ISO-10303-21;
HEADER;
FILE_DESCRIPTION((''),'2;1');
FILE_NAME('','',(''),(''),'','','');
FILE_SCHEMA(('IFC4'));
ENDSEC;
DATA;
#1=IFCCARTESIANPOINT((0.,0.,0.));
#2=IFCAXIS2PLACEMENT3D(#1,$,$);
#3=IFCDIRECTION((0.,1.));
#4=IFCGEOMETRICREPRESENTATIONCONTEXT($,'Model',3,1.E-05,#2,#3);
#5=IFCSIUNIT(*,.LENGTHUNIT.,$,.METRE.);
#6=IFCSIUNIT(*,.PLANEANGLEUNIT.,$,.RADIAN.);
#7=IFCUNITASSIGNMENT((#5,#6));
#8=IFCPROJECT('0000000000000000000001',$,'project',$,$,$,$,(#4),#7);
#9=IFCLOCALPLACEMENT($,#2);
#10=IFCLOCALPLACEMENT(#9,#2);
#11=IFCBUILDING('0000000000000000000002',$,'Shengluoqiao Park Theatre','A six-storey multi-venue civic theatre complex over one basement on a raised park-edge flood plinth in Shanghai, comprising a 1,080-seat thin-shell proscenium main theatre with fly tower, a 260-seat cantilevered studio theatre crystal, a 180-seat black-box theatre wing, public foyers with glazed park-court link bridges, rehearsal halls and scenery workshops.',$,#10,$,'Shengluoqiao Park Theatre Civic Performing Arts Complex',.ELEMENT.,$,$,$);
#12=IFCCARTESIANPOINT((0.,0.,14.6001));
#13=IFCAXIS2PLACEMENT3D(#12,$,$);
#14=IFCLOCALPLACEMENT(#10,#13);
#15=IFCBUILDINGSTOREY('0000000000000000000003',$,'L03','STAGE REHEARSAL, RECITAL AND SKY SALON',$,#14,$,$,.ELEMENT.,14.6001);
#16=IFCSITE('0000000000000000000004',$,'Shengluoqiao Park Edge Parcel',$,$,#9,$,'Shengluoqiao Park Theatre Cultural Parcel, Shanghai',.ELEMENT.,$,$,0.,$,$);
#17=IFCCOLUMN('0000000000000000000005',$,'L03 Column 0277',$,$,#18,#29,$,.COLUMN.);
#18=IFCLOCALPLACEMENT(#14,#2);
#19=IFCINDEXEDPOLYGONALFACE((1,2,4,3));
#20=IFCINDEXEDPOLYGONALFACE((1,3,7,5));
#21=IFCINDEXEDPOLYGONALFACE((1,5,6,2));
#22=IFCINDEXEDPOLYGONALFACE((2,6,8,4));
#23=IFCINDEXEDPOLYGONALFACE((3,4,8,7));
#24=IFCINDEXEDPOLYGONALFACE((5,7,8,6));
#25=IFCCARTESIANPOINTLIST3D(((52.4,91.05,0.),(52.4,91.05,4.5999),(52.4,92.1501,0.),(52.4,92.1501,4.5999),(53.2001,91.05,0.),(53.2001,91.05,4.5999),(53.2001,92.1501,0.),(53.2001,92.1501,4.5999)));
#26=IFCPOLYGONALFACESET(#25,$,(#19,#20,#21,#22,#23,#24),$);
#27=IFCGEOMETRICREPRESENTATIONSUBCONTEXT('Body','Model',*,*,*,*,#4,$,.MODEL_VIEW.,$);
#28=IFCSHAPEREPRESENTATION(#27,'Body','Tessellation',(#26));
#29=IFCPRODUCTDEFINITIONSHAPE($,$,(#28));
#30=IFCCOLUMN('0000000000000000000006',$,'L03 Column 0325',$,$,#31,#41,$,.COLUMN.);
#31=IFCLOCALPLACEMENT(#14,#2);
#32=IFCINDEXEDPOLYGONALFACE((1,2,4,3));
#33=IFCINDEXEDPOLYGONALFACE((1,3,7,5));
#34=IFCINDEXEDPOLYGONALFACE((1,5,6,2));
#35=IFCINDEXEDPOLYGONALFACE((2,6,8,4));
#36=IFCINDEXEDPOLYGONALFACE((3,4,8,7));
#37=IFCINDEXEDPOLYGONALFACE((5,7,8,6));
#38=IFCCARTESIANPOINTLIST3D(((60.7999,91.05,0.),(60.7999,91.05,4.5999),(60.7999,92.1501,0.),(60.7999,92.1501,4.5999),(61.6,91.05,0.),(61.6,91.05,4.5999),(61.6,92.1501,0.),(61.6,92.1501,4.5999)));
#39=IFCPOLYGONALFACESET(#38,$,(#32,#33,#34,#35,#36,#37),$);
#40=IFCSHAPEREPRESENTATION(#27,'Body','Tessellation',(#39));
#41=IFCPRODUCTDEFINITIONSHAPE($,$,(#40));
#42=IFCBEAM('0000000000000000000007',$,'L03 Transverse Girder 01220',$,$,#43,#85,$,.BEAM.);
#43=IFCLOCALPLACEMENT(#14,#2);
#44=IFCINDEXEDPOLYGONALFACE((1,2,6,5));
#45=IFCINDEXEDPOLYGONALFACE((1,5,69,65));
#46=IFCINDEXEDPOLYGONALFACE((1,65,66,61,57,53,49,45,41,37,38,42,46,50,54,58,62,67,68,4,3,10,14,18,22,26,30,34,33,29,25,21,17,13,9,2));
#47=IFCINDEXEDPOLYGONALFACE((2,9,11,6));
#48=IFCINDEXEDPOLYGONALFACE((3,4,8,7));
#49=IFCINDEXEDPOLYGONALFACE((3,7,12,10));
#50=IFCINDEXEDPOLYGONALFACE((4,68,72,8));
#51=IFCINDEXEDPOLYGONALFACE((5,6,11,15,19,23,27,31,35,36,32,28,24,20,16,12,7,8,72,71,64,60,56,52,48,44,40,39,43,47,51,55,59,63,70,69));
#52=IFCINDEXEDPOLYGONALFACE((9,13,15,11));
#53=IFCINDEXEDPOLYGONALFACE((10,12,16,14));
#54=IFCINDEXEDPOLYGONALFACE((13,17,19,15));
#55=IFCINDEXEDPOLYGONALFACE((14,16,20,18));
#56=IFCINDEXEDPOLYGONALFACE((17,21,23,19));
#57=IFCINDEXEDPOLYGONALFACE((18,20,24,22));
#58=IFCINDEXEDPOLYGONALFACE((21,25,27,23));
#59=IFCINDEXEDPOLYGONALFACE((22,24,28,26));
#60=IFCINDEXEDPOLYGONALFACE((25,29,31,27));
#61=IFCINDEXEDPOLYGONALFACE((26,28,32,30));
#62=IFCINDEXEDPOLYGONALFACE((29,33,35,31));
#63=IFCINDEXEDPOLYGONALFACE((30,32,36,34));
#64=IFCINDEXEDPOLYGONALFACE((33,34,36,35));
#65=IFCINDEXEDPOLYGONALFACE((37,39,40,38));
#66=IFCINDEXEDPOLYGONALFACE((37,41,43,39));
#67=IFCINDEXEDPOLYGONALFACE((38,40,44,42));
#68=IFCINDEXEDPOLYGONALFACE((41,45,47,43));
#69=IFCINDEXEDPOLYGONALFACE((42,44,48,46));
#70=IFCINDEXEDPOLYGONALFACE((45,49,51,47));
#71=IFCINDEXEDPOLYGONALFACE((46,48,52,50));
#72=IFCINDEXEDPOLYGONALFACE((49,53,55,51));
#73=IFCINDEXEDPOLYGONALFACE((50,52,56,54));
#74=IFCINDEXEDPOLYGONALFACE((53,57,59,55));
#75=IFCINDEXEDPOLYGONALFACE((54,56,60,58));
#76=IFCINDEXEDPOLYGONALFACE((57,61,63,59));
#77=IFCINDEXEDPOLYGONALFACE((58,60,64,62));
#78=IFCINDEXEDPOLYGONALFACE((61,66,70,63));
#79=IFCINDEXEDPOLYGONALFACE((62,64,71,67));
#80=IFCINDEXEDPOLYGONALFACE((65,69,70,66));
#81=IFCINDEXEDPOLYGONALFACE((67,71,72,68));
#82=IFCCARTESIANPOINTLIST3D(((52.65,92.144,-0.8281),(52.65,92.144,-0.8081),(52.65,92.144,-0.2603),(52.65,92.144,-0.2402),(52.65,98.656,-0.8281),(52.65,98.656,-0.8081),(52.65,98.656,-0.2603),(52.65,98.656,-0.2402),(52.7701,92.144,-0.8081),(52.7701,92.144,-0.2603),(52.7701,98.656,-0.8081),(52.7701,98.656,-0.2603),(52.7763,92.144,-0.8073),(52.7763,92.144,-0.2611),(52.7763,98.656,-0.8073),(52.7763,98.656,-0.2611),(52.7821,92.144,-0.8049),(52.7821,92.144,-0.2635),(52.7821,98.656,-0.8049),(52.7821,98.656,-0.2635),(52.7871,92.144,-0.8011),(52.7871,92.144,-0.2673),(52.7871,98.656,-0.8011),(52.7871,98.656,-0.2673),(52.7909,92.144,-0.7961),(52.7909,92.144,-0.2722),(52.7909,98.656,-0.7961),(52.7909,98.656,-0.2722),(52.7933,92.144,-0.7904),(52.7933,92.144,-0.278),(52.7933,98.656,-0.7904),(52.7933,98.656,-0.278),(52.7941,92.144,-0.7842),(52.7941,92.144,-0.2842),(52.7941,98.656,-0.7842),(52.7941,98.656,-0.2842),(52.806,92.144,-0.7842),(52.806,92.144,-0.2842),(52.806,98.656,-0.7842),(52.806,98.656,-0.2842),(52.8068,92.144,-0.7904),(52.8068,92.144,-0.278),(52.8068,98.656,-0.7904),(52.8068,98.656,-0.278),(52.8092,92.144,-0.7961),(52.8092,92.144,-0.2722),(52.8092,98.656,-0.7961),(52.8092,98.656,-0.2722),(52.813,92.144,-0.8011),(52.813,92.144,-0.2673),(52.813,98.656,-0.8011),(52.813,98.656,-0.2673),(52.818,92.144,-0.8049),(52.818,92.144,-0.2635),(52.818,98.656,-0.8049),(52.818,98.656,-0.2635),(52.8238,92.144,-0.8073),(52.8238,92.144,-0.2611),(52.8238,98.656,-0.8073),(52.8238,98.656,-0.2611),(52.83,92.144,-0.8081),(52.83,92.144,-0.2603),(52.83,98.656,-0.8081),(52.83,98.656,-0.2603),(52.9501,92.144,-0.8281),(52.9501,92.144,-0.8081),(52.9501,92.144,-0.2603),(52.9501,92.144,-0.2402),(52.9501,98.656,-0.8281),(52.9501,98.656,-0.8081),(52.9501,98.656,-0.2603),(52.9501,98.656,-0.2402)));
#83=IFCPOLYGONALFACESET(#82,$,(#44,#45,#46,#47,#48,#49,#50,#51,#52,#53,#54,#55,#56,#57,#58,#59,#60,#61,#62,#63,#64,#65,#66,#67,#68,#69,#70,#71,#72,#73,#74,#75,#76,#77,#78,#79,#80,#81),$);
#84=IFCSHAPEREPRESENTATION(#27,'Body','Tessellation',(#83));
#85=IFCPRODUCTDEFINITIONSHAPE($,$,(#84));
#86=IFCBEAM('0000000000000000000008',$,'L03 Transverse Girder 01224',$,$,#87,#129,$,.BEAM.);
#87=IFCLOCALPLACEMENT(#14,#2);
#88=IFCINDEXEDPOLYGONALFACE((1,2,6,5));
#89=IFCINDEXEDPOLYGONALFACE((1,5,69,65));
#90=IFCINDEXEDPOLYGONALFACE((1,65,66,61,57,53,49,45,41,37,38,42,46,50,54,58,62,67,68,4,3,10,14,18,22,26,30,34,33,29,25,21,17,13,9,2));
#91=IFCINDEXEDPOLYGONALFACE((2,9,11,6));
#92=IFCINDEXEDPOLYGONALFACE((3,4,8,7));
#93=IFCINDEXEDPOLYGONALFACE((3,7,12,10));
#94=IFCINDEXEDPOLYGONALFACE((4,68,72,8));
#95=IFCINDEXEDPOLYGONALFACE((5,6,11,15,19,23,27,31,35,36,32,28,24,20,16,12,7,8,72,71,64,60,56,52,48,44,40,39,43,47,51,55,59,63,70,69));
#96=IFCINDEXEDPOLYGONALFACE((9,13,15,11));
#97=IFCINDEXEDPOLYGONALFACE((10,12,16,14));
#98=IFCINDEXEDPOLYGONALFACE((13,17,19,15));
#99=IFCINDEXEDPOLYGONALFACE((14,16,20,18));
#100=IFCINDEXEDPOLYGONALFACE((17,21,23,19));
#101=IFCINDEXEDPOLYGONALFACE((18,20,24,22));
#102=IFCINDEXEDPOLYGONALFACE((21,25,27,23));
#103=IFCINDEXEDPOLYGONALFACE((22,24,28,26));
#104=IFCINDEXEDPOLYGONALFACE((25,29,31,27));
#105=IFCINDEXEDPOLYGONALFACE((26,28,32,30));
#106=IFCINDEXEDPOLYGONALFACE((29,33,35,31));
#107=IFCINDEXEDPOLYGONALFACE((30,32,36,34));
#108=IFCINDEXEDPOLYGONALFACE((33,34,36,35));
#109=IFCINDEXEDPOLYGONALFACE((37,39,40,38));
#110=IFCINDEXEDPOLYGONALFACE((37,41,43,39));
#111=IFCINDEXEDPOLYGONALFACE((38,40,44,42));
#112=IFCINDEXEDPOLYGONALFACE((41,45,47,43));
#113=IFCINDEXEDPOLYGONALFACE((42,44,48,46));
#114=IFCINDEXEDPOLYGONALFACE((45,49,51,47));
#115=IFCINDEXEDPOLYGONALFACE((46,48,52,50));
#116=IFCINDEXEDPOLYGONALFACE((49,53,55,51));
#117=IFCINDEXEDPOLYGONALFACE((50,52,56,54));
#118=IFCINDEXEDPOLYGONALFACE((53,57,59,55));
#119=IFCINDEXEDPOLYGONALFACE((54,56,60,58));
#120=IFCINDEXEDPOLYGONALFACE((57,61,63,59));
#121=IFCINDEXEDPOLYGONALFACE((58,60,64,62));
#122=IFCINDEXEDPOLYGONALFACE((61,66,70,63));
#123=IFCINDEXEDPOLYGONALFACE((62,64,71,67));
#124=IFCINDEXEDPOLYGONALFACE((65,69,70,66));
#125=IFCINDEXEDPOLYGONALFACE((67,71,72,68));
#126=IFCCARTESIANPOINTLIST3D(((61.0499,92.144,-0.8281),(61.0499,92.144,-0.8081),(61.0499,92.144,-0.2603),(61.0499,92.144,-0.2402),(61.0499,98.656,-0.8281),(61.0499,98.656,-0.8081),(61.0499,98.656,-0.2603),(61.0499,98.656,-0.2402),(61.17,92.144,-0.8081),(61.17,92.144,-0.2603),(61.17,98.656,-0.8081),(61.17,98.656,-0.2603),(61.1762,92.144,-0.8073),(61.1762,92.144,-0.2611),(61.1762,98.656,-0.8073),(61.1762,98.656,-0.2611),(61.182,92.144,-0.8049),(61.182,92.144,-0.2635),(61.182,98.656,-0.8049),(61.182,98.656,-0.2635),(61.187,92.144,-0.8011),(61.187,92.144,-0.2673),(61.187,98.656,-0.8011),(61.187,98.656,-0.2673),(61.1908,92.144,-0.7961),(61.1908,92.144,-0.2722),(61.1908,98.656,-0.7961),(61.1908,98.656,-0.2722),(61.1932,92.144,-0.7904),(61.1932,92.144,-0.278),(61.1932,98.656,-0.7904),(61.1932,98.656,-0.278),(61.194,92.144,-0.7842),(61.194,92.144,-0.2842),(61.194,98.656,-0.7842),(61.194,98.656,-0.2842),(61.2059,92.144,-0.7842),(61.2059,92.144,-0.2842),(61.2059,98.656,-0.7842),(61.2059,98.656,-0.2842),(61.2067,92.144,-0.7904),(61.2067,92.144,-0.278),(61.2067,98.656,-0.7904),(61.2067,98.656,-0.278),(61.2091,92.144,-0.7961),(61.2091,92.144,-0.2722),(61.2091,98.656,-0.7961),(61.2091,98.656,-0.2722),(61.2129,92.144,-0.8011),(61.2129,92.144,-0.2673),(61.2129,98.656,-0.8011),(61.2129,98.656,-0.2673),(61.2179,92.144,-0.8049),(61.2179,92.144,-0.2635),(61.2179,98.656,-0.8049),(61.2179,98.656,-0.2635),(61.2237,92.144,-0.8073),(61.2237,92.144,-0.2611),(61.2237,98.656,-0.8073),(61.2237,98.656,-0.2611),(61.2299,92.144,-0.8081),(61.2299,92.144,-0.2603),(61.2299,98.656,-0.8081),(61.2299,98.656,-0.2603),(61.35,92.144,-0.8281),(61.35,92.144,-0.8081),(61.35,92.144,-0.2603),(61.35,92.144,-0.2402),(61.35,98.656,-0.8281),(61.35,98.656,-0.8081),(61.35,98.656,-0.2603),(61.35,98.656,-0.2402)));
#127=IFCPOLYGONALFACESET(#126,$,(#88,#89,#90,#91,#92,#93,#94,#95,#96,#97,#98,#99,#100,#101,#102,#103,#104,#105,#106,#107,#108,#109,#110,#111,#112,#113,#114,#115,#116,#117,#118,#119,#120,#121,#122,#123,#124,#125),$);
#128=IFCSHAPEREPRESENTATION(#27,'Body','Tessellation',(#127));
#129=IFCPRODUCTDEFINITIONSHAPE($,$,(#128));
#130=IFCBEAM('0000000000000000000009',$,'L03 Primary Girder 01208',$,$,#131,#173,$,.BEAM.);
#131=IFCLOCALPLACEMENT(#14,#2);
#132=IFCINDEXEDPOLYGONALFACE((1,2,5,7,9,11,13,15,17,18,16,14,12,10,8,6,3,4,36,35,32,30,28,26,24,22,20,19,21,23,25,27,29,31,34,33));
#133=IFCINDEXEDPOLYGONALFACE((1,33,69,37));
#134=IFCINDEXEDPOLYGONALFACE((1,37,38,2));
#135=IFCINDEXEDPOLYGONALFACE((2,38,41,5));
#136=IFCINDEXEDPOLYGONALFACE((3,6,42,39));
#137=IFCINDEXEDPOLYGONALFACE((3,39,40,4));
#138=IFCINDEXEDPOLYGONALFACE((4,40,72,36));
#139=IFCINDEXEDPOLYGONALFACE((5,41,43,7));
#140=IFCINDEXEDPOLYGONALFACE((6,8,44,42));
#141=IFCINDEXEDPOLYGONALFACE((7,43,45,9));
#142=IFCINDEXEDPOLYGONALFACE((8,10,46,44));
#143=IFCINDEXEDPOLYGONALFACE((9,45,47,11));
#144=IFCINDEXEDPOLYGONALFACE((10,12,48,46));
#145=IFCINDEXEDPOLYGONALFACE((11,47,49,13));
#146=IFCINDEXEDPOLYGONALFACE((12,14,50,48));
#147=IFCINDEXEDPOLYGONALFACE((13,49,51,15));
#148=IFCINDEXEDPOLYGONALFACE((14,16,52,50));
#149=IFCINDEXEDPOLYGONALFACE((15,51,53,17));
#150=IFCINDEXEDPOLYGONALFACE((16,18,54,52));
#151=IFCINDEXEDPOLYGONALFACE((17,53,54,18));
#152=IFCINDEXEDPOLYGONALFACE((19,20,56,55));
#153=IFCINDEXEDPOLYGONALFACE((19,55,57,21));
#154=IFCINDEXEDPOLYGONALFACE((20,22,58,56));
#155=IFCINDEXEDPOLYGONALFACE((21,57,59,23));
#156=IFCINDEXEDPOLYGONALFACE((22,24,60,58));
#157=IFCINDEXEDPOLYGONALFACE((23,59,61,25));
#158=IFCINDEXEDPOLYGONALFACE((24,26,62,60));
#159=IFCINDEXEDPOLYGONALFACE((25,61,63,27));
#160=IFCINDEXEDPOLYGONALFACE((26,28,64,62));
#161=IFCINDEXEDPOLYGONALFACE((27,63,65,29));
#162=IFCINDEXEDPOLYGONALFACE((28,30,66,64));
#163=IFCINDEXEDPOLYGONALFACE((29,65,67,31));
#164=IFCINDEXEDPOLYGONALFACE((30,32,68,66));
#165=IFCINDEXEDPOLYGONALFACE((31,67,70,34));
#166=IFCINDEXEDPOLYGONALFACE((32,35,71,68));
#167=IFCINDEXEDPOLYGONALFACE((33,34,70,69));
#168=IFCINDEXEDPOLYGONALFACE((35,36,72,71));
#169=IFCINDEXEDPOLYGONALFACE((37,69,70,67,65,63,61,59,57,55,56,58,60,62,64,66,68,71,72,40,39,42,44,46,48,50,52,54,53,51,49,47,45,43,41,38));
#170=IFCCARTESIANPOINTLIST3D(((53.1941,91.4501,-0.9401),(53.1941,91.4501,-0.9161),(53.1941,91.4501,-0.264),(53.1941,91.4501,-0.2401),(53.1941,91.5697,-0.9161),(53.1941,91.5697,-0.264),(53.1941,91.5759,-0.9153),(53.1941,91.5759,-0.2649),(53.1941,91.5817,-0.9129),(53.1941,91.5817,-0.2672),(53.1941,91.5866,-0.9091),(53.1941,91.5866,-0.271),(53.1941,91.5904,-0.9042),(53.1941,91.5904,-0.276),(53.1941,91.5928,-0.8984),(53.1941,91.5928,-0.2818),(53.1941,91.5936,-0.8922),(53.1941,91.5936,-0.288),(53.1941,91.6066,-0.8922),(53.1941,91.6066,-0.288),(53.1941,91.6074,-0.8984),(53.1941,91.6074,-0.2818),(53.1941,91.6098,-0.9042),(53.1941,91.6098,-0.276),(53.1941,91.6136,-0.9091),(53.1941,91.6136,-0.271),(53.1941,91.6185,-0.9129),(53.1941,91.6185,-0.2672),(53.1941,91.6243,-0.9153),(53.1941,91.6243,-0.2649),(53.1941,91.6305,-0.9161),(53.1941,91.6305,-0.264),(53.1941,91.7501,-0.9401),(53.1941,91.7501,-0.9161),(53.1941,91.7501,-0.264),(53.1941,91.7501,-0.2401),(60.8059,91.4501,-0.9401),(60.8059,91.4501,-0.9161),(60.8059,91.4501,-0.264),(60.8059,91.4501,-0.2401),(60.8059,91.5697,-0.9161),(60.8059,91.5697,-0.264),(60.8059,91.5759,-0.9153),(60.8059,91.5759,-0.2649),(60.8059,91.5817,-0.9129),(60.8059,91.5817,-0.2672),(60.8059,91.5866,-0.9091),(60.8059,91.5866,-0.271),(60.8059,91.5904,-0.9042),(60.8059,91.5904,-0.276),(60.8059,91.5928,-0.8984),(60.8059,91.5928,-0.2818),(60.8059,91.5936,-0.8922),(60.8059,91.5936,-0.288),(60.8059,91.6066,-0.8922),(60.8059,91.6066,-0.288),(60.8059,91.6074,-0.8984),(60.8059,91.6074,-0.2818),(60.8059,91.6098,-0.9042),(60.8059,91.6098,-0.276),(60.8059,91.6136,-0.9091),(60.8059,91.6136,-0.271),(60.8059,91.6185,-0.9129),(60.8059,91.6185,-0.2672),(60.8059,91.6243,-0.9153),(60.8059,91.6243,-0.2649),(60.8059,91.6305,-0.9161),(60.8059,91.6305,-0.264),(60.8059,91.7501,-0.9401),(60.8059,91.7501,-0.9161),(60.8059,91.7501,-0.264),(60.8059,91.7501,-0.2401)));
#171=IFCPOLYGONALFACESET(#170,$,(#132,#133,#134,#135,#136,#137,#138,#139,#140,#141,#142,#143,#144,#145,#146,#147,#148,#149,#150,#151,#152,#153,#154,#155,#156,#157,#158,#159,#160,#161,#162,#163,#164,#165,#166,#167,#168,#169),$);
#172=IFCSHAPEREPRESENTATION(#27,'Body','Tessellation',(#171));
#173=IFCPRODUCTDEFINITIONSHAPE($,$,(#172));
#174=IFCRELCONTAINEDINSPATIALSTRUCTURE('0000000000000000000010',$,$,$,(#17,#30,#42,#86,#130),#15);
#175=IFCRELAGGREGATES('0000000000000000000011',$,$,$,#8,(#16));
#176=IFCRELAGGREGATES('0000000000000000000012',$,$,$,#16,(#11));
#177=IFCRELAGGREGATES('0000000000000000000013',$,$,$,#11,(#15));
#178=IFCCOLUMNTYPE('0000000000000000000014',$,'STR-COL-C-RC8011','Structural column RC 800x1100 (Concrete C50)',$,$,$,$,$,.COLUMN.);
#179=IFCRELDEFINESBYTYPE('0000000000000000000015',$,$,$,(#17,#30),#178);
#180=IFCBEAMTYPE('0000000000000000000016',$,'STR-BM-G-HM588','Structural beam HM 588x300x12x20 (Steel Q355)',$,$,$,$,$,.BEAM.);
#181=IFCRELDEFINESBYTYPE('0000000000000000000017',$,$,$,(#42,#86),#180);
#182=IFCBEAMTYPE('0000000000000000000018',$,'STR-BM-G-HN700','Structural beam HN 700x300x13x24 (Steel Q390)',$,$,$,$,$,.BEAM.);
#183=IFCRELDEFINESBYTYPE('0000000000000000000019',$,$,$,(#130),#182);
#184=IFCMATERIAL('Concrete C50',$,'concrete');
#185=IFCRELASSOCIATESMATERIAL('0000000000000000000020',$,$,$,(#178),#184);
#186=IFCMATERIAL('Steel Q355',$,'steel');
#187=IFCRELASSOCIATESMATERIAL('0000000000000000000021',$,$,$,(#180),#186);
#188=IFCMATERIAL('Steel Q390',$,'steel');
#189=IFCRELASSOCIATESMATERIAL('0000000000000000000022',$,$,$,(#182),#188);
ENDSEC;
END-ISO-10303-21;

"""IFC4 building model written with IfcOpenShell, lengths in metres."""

from ifc_helpers import new_model, si_unit, direction, frame, origin, origin_2d, place, context, subcontext, project, spatial, rectangle, i_section, extrude, material, material_profile, profile_set, type_object, element, save


model = new_model("IFC4")

# Units and contexts
model_context = context("Model", 3, precision=1e-05, world=origin(), true_north=direction((0.0, 1.0)))
body_context = subcontext(model_context, "Body", "Model", "MODEL_VIEW")
ifc_project = project(units=[si_unit("LENGTHUNIT", "METRE"), si_unit("PLANEANGLEUNIT", "RADIAN")], contexts=[model_context])

# Site, building, storey
site_placement = place(None, origin())
site = spatial("IfcSite", under=ifc_project, at=site_placement, Name="Shengluoqiao Park Edge Parcel", LongName="Shengluoqiao Park Theatre Cultural Parcel, Shanghai", CompositionType="ELEMENT", RefElevation=0.0)
building_placement = place(site_placement, origin())
building = spatial("IfcBuilding", under=site, at=building_placement, Name="Shengluoqiao Park Theatre", Description="A six-storey multi-venue civic theatre complex over one basement on a raised park-edge flood plinth in Shanghai, comprising a 1,080-seat thin-shell proscenium main theatre with fly tower, a 260-seat cantilevered studio theatre crystal, a 180-seat black-box theatre wing, public foyers with glazed park-court link bridges, rehearsal halls and scenery workshops.", LongName="Shengluoqiao Park Theatre Civic Performing Arts Complex", CompositionType="ELEMENT")
storey_placement = place(building_placement, frame((0.0, 0.0, 14.6001)))
storey = spatial("IfcBuildingStorey", under=building, at=storey_placement, Name="L03", Description="STAGE REHEARSAL, RECITAL AND SKY SALON", CompositionType="ELEMENT", Elevation=14.6001)

# Columns
ifc_material_1 = material(Name="Concrete C50", Category="concrete")
ifc_material_profile_1 = material_profile(ifc_material_1, rectangle(XDim=0.8, YDim=1.1001, at=origin_2d()), Name="RC 800x1100")
ifc_profile_set_1 = profile_set([ifc_material_profile_1], Name="Concrete C50")
column_type = type_object("IfcColumnType", Name="STR-COL-C-RC8011", Description="Structural column RC 800x1100 (Concrete C50)", PredefinedType="COLUMN", material=ifc_profile_set_1)
for number, where, z_axis, x_axis, name in (
    (1, (52.8, 91.6001, 0.0), (0.0, 0.0, 1.0), (1.0, 0.0, 0.0), "L03 Column 0277"),
    (2, (61.2, 91.6001, 0.0), (0.0, 0.0, 1.0), (1.0, 0.0, 0.0), "L03 Column 0325"),
):
    element("IfcColumn", number, at=place(storey_placement, frame(where, z_axis=z_axis, x_axis=x_axis)), inside=storey, type_object=column_type, Name=name, PredefinedType="COLUMN", context=body_context, shape_type="SweptSolid", body=[
        extrude(rectangle(XDim=0.8, YDim=1.1001, at=origin_2d()), origin(), (0.0, 0.0, 1.0), 4.5999),
    ])

# Beams
ifc_material_2 = material(Name="Steel Q355", Category="steel")
ifc_material_profile_2 = material_profile(ifc_material_2, i_section(OverallWidth=0.3, OverallDepth=0.5879, WebThickness=0.012, FlangeThickness=0.02, FilletRadius=0.0239, at=origin_2d()), Name="HM 588x300x12x20")
ifc_profile_set_2 = profile_set([ifc_material_profile_2], Name="Steel Q355")
beam_type_1 = type_object("IfcBeamType", Name="STR-BM-G-HM588", Description="Structural beam HM 588x300x12x20 (Steel Q355)", PredefinedType="BEAM", material=ifc_profile_set_2)
for number, where, z_axis, x_axis, name in (
    (3, (52.8, 92.144, -0.5342), (0.0, 1.0, 0.0), (-1.0, 0.0, 0.0), "L03 Transverse Girder 01220"),
    (4, (61.2, 92.144, -0.5342), (0.0, 1.0, 0.0), (-1.0, 0.0, 0.0), "L03 Transverse Girder 01224"),
):
    element("IfcBeam", number, at=place(storey_placement, frame(where, z_axis=z_axis, x_axis=x_axis)), inside=storey, type_object=beam_type_1, Name=name, PredefinedType="BEAM", context=body_context, shape_type="SweptSolid", body=[
        extrude(i_section(OverallWidth=0.3, OverallDepth=0.5879, WebThickness=0.012, FlangeThickness=0.02, FilletRadius=0.0239, at=origin_2d()), origin(), (0.0, 0.0, 1.0), 6.512),
    ])
ifc_material_3 = material(Name="Steel Q390", Category="steel")
ifc_material_profile_3 = material_profile(ifc_material_3, i_section(OverallWidth=0.3, OverallDepth=0.7, WebThickness=0.0129, FlangeThickness=0.0239, FilletRadius=0.0239, at=origin_2d()), Name="HN 700x300x13x24")
ifc_profile_set_3 = profile_set([ifc_material_profile_3], Name="Steel Q390")
beam_type_2 = type_object("IfcBeamType", Name="STR-BM-G-HN700", Description="Structural beam HN 700x300x13x24 (Steel Q390)", PredefinedType="BEAM", material=ifc_profile_set_3)
beam_placement = place(storey_placement, frame((53.1941, 91.6001, -0.5901), z_axis=(1.0, 0.0, 0.0), x_axis=(0.0, 1.0, 0.0)))
element("IfcBeam", 5, at=beam_placement, inside=storey, type_object=beam_type_2, Name="L03 Primary Girder 01208", PredefinedType="BEAM", context=body_context, shape_type="SweptSolid", body=[
    extrude(i_section(OverallWidth=0.3, OverallDepth=0.7, WebThickness=0.0129, FlangeThickness=0.0239, FilletRadius=0.0239, at=origin_2d()), origin(), (0.0, 0.0, 1.0), 7.6118),
])

save(model, "model.ifc")
